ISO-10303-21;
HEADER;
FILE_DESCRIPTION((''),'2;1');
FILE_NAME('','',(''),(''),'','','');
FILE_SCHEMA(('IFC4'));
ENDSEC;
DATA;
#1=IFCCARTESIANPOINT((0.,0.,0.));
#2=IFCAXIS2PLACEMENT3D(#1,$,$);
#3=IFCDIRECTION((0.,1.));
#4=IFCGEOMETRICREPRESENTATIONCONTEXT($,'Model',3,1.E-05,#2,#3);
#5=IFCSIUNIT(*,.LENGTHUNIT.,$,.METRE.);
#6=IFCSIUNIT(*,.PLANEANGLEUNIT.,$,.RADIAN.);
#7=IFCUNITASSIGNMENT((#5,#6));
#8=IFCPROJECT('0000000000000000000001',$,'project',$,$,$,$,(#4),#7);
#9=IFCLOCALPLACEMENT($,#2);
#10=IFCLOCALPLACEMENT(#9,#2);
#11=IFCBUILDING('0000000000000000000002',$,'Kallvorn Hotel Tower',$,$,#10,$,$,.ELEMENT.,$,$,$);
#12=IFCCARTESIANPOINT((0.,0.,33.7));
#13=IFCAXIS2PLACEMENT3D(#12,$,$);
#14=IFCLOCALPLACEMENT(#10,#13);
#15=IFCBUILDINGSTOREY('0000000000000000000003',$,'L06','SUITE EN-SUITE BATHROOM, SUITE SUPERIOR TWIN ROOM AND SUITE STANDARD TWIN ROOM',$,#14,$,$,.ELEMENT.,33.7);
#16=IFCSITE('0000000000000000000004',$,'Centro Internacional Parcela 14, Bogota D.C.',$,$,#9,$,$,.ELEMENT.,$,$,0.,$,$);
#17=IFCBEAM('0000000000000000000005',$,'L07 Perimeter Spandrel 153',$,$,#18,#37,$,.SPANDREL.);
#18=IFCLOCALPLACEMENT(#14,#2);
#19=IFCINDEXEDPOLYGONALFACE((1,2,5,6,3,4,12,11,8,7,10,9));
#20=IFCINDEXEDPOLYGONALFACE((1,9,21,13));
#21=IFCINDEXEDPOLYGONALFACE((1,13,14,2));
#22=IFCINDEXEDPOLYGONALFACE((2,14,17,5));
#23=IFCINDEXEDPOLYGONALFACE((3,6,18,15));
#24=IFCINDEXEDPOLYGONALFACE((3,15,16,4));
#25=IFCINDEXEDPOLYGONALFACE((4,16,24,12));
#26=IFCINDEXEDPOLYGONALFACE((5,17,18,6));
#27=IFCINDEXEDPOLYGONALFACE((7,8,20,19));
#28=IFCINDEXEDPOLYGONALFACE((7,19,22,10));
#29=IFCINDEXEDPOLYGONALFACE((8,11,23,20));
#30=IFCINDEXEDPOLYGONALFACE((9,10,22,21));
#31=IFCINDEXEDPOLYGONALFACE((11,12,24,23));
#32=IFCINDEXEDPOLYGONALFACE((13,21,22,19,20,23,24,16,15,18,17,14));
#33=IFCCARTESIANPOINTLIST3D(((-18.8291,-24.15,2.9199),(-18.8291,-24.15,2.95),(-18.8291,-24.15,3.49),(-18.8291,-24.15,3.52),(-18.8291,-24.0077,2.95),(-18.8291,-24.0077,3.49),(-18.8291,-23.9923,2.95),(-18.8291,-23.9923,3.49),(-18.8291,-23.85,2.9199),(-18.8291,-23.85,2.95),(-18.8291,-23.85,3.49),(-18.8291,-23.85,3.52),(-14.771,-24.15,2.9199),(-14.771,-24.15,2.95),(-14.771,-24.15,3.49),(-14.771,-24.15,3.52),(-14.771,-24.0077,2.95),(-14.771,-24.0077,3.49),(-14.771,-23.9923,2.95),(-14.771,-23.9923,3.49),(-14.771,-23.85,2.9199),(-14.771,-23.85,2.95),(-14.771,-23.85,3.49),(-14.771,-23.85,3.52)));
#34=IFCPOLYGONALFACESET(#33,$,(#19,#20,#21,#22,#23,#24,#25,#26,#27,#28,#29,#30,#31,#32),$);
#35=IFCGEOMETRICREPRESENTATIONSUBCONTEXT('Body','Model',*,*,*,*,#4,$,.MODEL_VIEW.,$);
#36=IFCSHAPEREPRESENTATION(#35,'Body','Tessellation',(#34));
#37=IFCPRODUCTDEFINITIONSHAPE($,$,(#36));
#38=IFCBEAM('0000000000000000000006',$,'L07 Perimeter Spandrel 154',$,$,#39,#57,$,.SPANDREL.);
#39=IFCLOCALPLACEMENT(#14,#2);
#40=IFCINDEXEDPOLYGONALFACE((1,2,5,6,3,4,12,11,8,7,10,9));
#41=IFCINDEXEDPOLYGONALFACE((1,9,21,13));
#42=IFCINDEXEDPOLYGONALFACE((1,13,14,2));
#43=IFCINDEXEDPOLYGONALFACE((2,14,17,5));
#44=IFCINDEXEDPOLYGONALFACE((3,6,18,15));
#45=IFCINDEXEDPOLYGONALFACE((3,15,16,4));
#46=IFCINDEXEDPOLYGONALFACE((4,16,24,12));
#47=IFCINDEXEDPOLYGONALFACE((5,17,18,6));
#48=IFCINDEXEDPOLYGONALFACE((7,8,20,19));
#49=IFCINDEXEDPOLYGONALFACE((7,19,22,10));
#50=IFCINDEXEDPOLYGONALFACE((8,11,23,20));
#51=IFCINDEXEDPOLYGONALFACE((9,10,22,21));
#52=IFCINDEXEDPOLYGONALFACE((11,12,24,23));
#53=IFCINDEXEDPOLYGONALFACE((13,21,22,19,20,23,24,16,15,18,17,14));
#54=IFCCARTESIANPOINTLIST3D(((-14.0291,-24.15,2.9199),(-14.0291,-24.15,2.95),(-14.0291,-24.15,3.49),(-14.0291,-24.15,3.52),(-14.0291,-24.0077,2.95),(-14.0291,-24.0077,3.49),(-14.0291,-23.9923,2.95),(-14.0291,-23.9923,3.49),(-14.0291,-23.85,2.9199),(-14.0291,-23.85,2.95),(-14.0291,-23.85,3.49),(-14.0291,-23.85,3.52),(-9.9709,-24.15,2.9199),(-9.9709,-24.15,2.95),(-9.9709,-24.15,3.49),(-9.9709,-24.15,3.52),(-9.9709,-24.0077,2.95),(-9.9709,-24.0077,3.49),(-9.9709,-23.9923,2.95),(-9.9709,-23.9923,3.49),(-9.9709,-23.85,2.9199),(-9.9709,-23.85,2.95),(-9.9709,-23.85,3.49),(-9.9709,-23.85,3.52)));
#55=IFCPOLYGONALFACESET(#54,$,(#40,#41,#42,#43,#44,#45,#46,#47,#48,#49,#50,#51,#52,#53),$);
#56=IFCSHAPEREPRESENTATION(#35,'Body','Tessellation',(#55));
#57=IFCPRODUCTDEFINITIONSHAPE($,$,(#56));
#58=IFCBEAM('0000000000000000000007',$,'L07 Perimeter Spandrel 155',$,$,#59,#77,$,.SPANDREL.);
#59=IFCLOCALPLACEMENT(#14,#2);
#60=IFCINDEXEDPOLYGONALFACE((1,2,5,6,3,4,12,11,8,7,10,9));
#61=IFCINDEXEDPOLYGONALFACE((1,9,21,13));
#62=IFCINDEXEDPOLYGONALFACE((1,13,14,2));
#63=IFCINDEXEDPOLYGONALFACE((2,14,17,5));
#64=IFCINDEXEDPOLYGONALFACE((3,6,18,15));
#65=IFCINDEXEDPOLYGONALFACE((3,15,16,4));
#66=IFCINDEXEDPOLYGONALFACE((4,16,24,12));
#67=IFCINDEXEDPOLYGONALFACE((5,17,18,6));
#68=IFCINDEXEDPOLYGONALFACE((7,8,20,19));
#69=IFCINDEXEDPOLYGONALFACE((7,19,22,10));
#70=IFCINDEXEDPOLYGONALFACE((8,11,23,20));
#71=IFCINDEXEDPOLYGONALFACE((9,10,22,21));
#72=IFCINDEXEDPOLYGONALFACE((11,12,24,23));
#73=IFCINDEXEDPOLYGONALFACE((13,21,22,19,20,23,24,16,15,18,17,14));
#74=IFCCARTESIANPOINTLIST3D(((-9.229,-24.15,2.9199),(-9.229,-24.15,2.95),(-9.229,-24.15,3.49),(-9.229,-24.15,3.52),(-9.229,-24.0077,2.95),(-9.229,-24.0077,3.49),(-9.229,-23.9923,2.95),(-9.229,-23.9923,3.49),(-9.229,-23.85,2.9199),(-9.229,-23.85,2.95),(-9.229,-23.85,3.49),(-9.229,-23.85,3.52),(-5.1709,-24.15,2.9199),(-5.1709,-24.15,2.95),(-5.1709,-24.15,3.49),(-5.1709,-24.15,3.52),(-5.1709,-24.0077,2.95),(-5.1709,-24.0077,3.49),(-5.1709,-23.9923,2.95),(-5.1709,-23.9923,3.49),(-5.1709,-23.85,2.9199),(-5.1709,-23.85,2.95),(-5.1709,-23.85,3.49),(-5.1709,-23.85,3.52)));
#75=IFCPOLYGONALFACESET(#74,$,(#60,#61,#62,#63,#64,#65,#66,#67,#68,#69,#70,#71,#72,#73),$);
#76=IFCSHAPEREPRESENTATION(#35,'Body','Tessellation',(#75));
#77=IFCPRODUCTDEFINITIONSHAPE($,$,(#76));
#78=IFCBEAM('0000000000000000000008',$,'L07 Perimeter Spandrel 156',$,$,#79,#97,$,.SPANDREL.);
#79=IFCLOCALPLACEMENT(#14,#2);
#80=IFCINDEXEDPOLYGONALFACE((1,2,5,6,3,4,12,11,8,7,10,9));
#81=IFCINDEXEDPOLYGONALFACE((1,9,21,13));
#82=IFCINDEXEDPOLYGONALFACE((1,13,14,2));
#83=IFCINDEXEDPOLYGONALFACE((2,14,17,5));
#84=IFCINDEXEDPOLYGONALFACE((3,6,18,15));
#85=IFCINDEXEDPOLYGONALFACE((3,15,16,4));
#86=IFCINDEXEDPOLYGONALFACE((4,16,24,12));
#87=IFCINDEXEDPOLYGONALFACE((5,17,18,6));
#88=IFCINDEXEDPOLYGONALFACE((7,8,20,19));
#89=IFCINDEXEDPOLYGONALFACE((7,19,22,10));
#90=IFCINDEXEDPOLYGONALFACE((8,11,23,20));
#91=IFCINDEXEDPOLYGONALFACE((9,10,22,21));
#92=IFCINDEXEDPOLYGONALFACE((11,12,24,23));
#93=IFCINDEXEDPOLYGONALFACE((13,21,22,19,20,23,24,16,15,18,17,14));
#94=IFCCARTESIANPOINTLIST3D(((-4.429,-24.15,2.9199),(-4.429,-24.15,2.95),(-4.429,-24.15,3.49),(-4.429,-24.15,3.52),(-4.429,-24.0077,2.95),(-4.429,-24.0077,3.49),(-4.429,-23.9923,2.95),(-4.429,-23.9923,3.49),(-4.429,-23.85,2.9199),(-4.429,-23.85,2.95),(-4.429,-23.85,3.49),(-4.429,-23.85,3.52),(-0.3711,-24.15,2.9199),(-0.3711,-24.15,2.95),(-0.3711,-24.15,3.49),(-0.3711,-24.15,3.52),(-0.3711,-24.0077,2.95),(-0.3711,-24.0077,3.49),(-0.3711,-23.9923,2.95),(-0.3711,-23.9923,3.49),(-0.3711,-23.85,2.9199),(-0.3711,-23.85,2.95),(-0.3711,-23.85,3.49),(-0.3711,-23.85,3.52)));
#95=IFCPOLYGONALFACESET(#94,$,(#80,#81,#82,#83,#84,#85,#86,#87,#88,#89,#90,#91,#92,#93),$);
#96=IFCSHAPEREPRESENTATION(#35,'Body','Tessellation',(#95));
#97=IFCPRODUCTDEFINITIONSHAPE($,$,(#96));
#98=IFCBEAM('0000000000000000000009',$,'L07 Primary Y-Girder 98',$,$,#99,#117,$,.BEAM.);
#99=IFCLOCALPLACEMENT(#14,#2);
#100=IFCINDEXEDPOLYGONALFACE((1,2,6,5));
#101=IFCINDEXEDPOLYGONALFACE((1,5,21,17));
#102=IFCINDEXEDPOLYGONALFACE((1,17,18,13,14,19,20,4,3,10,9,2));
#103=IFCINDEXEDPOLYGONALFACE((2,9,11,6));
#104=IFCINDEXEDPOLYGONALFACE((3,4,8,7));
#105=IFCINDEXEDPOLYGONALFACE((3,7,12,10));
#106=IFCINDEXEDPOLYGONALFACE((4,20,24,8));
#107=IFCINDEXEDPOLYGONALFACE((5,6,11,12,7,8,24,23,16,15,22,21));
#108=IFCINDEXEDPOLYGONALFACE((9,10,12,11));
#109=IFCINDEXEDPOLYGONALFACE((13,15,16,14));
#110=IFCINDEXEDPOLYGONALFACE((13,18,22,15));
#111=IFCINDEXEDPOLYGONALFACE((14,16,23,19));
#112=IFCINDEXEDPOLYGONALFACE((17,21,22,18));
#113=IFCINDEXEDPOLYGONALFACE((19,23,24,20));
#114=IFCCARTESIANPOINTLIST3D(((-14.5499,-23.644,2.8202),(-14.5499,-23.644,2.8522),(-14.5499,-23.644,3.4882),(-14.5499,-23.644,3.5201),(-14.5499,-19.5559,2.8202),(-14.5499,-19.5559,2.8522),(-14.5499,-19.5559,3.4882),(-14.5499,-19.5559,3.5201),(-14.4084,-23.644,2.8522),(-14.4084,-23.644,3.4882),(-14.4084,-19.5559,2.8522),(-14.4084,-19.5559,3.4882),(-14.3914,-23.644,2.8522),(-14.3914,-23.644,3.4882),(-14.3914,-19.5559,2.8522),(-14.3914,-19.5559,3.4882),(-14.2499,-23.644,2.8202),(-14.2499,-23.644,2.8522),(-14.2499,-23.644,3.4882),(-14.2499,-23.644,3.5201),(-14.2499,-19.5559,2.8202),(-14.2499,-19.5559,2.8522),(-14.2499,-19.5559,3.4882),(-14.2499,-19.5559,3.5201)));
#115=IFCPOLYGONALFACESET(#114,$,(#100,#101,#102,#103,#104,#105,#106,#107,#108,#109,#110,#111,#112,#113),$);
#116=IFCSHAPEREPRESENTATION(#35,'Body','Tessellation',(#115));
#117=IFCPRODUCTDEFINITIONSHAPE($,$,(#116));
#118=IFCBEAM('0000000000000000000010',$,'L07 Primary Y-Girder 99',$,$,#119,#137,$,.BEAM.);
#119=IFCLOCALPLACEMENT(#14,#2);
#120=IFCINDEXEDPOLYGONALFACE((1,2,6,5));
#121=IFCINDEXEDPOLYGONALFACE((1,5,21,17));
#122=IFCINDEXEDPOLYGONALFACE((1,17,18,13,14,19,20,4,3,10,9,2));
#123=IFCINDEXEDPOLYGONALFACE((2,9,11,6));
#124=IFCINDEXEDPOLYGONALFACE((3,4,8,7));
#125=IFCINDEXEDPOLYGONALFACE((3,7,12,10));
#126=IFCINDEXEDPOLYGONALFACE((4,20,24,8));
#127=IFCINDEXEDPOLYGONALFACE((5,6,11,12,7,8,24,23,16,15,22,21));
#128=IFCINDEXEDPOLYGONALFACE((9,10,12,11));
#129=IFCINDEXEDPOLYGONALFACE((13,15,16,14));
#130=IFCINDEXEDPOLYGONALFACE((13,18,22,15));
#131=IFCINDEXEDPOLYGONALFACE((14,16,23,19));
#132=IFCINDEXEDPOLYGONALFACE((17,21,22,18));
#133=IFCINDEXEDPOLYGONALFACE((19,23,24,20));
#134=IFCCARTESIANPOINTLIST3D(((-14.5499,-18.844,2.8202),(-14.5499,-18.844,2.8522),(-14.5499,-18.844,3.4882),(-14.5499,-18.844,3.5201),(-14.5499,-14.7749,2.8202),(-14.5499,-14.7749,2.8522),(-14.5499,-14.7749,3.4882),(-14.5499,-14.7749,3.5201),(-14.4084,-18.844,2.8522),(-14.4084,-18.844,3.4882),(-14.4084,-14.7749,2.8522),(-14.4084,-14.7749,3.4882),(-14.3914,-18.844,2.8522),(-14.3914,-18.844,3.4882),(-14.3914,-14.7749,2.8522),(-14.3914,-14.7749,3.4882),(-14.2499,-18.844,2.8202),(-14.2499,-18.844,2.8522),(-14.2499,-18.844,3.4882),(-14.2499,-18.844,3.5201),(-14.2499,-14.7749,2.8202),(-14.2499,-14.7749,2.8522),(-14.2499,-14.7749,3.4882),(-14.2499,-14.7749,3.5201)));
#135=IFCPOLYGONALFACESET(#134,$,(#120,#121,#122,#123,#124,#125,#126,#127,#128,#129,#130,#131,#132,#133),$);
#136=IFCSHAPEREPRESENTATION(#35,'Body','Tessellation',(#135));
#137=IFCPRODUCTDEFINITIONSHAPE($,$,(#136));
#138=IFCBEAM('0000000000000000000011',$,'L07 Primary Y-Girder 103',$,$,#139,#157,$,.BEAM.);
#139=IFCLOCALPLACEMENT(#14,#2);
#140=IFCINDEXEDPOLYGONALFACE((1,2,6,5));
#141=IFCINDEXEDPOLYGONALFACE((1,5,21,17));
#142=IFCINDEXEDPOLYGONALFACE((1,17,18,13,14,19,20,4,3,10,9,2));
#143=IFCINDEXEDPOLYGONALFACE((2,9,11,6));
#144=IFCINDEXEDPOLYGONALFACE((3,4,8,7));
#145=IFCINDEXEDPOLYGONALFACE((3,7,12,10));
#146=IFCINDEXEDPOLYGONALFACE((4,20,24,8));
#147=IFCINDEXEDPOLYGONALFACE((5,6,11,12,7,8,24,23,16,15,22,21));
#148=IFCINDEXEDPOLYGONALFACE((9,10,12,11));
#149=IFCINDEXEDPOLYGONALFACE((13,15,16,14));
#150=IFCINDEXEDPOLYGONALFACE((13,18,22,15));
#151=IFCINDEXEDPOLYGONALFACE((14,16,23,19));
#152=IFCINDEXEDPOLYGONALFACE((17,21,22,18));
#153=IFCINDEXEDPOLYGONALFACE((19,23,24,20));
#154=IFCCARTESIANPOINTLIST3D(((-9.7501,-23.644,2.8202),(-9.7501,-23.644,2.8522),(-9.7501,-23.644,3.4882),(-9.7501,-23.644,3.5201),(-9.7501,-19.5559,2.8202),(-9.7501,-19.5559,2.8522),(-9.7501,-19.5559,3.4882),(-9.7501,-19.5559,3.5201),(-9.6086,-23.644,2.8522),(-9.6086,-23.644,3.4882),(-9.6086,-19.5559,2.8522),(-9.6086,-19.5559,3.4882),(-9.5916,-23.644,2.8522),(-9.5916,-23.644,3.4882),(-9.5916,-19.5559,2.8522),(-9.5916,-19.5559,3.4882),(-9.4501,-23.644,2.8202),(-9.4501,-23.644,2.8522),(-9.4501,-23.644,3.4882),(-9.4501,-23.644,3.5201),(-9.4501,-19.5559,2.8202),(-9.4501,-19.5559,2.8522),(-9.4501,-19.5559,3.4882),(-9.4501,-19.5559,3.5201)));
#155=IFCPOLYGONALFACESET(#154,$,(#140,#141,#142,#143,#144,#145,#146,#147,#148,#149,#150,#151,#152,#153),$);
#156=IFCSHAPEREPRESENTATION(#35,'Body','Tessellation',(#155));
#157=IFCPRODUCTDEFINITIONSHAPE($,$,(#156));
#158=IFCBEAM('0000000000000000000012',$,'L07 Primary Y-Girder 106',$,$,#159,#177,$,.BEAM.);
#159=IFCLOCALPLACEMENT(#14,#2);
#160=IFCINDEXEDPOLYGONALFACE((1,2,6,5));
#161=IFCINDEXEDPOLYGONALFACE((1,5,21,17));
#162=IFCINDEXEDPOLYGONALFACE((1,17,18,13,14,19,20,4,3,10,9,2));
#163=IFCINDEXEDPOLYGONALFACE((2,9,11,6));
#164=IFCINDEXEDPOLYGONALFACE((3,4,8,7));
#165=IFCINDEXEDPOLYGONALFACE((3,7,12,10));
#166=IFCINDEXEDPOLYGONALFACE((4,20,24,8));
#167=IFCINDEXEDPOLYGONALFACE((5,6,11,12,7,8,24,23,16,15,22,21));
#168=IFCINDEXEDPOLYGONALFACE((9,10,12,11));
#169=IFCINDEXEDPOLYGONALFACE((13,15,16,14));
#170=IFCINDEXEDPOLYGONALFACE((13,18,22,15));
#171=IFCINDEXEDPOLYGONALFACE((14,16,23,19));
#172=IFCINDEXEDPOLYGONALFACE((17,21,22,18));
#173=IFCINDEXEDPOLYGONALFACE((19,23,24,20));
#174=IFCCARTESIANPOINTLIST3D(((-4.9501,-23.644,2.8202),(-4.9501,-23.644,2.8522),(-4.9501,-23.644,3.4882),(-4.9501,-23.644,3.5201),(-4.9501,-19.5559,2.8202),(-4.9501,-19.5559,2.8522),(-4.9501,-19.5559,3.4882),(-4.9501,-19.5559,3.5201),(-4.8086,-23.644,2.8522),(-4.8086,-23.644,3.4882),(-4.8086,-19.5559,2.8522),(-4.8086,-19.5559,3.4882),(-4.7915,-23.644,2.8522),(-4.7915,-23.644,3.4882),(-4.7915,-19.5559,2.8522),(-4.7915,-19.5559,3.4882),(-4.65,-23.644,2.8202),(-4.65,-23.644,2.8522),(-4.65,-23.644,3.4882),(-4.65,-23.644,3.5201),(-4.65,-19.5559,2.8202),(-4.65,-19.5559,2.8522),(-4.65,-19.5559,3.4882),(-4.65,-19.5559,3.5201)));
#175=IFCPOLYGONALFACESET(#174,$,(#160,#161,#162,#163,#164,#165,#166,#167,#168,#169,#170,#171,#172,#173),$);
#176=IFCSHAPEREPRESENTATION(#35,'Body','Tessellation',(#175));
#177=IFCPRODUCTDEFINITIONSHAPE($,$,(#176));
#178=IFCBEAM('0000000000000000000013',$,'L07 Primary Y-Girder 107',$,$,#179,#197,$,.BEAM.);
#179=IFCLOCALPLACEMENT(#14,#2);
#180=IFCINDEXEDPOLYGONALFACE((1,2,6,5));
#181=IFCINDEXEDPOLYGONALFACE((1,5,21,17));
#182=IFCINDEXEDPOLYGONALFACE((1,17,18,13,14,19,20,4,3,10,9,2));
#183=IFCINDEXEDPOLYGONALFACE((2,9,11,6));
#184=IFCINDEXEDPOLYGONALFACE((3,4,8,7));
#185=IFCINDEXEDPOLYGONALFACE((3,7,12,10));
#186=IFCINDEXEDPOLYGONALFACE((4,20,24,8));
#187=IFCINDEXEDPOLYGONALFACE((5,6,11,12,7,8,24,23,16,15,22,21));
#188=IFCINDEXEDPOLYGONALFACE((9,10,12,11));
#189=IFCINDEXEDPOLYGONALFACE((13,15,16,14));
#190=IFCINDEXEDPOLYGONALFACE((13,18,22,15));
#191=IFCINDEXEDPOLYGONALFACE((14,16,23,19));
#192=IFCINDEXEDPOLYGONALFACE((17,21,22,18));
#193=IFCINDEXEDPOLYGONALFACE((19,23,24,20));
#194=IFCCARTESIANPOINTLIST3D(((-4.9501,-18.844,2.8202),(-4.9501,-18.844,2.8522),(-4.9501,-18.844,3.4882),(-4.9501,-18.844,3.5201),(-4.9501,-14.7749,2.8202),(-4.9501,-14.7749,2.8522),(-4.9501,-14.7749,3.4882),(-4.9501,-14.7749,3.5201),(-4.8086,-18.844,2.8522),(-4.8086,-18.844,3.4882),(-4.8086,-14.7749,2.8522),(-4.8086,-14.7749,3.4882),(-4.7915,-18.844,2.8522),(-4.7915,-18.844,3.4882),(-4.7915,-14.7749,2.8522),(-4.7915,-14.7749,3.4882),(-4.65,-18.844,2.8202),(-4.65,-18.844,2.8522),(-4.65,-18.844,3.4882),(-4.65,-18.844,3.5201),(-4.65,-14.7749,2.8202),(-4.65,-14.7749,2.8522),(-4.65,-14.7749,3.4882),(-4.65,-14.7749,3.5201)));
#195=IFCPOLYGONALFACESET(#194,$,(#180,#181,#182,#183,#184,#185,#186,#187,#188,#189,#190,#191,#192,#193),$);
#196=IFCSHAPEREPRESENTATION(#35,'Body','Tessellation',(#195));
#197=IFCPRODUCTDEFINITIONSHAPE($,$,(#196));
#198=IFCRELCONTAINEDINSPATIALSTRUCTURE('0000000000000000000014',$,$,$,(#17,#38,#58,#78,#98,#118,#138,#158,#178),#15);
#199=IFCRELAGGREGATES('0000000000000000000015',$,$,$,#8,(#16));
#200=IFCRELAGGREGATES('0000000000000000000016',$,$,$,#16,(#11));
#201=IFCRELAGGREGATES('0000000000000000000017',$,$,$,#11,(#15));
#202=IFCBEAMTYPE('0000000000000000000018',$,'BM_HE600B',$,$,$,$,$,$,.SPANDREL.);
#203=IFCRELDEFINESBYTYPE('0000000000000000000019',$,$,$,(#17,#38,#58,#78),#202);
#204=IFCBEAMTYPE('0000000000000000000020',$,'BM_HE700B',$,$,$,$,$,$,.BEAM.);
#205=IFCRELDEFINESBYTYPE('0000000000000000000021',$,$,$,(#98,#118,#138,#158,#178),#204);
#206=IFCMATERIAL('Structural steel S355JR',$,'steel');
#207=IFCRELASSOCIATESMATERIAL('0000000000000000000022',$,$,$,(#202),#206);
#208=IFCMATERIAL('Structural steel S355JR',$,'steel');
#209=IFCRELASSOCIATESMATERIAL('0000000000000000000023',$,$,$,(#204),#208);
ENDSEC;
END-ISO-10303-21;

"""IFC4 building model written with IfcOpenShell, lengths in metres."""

from ifc_helpers import new_model, si_unit, direction, frame, origin, origin_2d, place, context, subcontext, project, spatial, i_section, extrude, material, material_profile, profile_set, type_object, element, save


model = new_model("IFC4")

# Units and contexts
model_context = context("Model", 3, precision=1e-05, world=origin(), true_north=direction((0.0, 1.0)))
body_context = subcontext(model_context, "Body", "Model", "MODEL_VIEW")
ifc_project = project(units=[si_unit("LENGTHUNIT", "METRE"), si_unit("PLANEANGLEUNIT", "RADIAN")], contexts=[model_context])

# Site, building, storey
site_placement = place(None, origin())
site = spatial("IfcSite", under=ifc_project, at=site_placement, Name="Centro Internacional Parcela 14, Bogota D.C.", CompositionType="ELEMENT", RefElevation=0.0)
building_placement = place(site_placement, origin())
building = spatial("IfcBuilding", under=site, at=building_placement, Name="Kallvorn Hotel Tower", CompositionType="ELEMENT")
storey_placement = place(building_placement, frame((0.0, 0.0, 33.7)))
storey = spatial("IfcBuildingStorey", under=building, at=storey_placement, Name="L06", Description="SUITE EN-SUITE BATHROOM, SUITE SUPERIOR TWIN ROOM AND SUITE STANDARD TWIN ROOM", CompositionType="ELEMENT", Elevation=33.7)

# Beams
ifc_material_1 = material(Name="Structural steel S355JR", Category="steel")
ifc_material_profile_1 = material_profile(ifc_material_1, i_section(OverallWidth=0.3, OverallDepth=0.6001, WebThickness=0.0154, FlangeThickness=0.03, at=origin_2d()), Name="HE 600 B")
ifc_profile_set_1 = profile_set([ifc_material_profile_1], Name="Structural steel S355JR")
beam_type_1 = type_object("IfcBeamType", Name="BM_HE600B", PredefinedType="SPANDREL", material=ifc_profile_set_1)
for number, where, z_axis, x_axis, name in (
    (1, (-18.8291, -24.0, 3.22), (1.0, 0.0, 0.0), (0.0, 1.0, 0.0), "L07 Perimeter Spandrel 153"),
    (2, (-14.0291, -24.0, 3.22), (1.0, 0.0, 0.0), (0.0, 1.0, 0.0), "L07 Perimeter Spandrel 154"),
    (3, (-9.229, -24.0, 3.22), (1.0, 0.0, 0.0), (0.0, 1.0, 0.0), "L07 Perimeter Spandrel 155"),
):
    element("IfcBeam", number, at=place(storey_placement, frame(where, z_axis=z_axis, x_axis=x_axis)), inside=storey, type_object=beam_type_1, Name=name, PredefinedType="SPANDREL", context=body_context, shape_type="SweptSolid", body=[
        extrude(i_section(OverallWidth=0.3, OverallDepth=0.6001, WebThickness=0.0154, FlangeThickness=0.03, at=origin_2d()), origin(), (0.0, 0.0, 1.0), 4.0581),
    ])
beam_1_placement = place(storey_placement, frame((-4.429, -24.0, 3.22), z_axis=(1.0, 0.0, 0.0), x_axis=(0.0, 1.0, 0.0)))
element("IfcBeam", 4, at=beam_1_placement, inside=storey, type_object=beam_type_1, Name="L07 Perimeter Spandrel 156", PredefinedType="SPANDREL", context=body_context, shape_type="SweptSolid", body=[
    extrude(i_section(OverallWidth=0.3, OverallDepth=0.6001, WebThickness=0.0154, FlangeThickness=0.03, at=origin_2d()), origin(), (0.0, 0.0, 1.0), 4.0579),
])
ifc_material_2 = material(Name="Structural steel S355JR", Category="steel")
ifc_material_profile_2 = material_profile(ifc_material_2, i_section(OverallWidth=0.3, OverallDepth=0.7, WebThickness=0.0171, FlangeThickness=0.032, at=origin_2d()), Name="HE 700 B")
ifc_profile_set_2 = profile_set([ifc_material_profile_2], Name="Structural steel S355JR")
beam_type_2 = type_object("IfcBeamType", Name="BM_HE700B", PredefinedType="BEAM", material=ifc_profile_set_2)
beam_2_placement = place(storey_placement, frame((-14.3999, -23.644, 3.1702), z_axis=(0.0, 1.0, 0.0), x_axis=(-1.0, 0.0, 0.0)))
element("IfcBeam", 5, at=beam_2_placement, inside=storey, type_object=beam_type_2, Name="L07 Primary Y-Girder 98", PredefinedType="BEAM", context=body_context, shape_type="SweptSolid", body=[
    extrude(i_section(OverallWidth=0.3, OverallDepth=0.7, WebThickness=0.0171, FlangeThickness=0.032, at=origin_2d()), origin(), (0.0, 0.0, 1.0), 4.0881),
])
beam_3_placement = place(storey_placement, frame((-14.3999, -18.844, 3.1702), z_axis=(0.0, 1.0, 0.0), x_axis=(-1.0, 0.0, 0.0)))
element("IfcBeam", 6, at=beam_3_placement, inside=storey, type_object=beam_type_2, Name="L07 Primary Y-Girder 99", PredefinedType="BEAM", context=body_context, shape_type="SweptSolid", body=[
    extrude(i_section(OverallWidth=0.3, OverallDepth=0.7, WebThickness=0.0171, FlangeThickness=0.032, at=origin_2d()), origin(), (0.0, 0.0, 1.0), 4.0691),
])
for number, where, z_axis, x_axis, name in (
    (7, (-9.6001, -23.644, 3.1702), (0.0, 1.0, 0.0), (-1.0, 0.0, 0.0), "L07 Primary Y-Girder 103"),
    (8, (-4.8, -23.644, 3.1702), (0.0, 1.0, 0.0), (-1.0, 0.0, 0.0), "L07 Primary Y-Girder 106"),
):
    element("IfcBeam", number, at=place(storey_placement, frame(where, z_axis=z_axis, x_axis=x_axis)), inside=storey, type_object=beam_type_2, Name=name, PredefinedType="BEAM", context=body_context, shape_type="SweptSolid", body=[
        extrude(i_section(OverallWidth=0.3, OverallDepth=0.7, WebThickness=0.0171, FlangeThickness=0.032, at=origin_2d()), origin(), (0.0, 0.0, 1.0), 4.0881),
    ])
beam_4_placement = place(storey_placement, frame((-4.8, -18.844, 3.1702), z_axis=(0.0, 1.0, 0.0), x_axis=(-1.0, 0.0, 0.0)))
element("IfcBeam", 9, at=beam_4_placement, inside=storey, type_object=beam_type_2, Name="L07 Primary Y-Girder 107", PredefinedType="BEAM", context=body_context, shape_type="SweptSolid", body=[
    extrude(i_section(OverallWidth=0.3, OverallDepth=0.7, WebThickness=0.0171, FlangeThickness=0.032, at=origin_2d()), origin(), (0.0, 0.0, 1.0), 4.0691),
])

save(model, "model.ifc")
